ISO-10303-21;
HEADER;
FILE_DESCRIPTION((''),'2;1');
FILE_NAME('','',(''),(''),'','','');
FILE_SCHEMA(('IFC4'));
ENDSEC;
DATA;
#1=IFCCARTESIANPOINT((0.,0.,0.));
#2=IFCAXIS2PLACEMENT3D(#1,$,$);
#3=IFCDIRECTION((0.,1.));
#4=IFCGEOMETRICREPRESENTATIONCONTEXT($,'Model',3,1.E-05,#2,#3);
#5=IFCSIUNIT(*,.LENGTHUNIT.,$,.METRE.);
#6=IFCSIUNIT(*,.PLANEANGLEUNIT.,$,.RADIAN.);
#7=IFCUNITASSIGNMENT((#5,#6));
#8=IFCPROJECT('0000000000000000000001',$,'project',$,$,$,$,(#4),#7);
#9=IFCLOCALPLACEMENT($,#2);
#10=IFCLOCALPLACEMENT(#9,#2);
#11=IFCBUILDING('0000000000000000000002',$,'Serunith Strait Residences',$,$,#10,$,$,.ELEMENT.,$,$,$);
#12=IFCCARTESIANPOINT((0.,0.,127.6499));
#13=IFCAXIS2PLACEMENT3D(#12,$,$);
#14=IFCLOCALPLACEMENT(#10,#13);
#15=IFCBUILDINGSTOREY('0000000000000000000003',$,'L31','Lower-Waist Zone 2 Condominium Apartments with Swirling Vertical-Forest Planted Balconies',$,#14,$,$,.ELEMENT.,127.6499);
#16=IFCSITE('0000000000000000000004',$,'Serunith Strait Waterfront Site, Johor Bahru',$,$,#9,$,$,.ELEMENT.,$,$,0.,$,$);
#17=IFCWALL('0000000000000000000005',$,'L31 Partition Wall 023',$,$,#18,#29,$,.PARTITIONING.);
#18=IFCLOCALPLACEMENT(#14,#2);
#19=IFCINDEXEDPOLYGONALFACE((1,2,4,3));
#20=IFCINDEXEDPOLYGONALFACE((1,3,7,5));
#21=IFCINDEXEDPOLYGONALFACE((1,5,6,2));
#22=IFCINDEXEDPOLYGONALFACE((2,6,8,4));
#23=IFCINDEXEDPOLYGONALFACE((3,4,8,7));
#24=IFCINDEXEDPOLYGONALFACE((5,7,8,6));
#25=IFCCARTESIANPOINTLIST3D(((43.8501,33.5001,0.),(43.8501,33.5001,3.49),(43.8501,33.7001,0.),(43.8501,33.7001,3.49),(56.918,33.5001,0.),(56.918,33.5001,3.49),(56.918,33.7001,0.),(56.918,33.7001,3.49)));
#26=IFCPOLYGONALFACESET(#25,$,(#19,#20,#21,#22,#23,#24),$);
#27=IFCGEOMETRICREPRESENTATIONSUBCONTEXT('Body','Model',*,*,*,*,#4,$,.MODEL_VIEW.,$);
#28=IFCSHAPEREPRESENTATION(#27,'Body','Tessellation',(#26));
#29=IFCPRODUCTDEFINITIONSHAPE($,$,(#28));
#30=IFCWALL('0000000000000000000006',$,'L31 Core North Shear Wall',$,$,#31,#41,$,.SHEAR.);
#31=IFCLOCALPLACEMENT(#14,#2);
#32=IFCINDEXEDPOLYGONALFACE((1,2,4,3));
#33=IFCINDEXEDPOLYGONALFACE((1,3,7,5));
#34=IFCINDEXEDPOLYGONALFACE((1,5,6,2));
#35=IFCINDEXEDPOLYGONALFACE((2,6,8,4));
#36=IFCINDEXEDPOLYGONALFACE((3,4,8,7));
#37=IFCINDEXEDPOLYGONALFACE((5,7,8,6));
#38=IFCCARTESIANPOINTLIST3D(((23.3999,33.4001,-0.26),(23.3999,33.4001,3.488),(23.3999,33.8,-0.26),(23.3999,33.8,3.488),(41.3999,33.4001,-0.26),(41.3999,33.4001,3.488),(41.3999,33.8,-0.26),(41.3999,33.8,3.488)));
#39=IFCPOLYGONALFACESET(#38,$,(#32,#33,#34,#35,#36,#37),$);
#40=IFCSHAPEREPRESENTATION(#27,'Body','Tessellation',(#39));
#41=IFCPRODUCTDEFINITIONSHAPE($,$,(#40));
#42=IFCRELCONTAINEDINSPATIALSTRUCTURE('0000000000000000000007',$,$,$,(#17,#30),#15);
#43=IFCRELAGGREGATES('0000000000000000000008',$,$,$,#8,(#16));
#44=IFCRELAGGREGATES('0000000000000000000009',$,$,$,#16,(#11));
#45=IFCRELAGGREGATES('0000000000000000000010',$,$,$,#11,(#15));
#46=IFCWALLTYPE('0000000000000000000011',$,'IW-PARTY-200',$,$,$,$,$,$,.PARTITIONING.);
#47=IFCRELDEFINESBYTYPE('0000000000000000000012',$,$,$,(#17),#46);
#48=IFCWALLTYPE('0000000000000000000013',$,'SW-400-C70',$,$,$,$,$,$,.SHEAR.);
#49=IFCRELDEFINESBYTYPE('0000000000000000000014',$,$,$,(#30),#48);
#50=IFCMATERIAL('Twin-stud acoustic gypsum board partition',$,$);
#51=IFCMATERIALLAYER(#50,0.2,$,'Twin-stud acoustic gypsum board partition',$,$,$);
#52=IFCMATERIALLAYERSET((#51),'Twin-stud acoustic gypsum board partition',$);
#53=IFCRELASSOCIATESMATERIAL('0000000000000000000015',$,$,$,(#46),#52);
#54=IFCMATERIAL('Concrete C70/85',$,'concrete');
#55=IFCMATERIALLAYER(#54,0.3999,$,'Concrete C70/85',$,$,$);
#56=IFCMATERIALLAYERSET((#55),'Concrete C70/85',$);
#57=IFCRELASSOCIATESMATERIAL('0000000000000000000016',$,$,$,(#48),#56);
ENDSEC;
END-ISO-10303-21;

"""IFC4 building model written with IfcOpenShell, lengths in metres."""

from ifc_helpers import new_model, si_unit, direction, frame, frame_2d, origin, place, context, subcontext, project, spatial, rectangle, extrude, material, layer, layer_set, type_object, element, save


model = new_model("IFC4")

# Units and contexts
model_context = context("Model", 3, precision=1e-05, world=origin(), true_north=direction((0.0, 1.0)))
body_context = subcontext(model_context, "Body", "Model", "MODEL_VIEW")
ifc_project = project(units=[si_unit("LENGTHUNIT", "METRE"), si_unit("PLANEANGLEUNIT", "RADIAN")], contexts=[model_context])

# Site, building, storey
site_placement = place(None, origin())
site = spatial("IfcSite", under=ifc_project, at=site_placement, Name="Serunith Strait Waterfront Site, Johor Bahru", CompositionType="ELEMENT", RefElevation=0.0)
building_placement = place(site_placement, origin())
building = spatial("IfcBuilding", under=site, at=building_placement, Name="Serunith Strait Residences", CompositionType="ELEMENT")
storey_placement = place(building_placement, frame((0.0, 0.0, 127.6499)))
storey = spatial("IfcBuildingStorey", under=building, at=storey_placement, Name="L31", Description="Lower-Waist Zone 2 Condominium Apartments with Swirling Vertical-Forest Planted Balconies", CompositionType="ELEMENT", Elevation=127.6499)

# Walls
ifc_material_1 = material(Name="Twin-stud acoustic gypsum board partition")
ifc_layer_1 = layer(ifc_material_1, 0.2, Name="Twin-stud acoustic gypsum board partition")
ifc_layer_set_1 = layer_set([ifc_layer_1], Name="Twin-stud acoustic gypsum board partition")
wall_type_1 = type_object("IfcWallType", Name="IW-PARTY-200", PredefinedType="PARTITIONING", material=ifc_layer_set_1)
wall_1_placement = place(storey_placement, frame((43.8501, 33.6001, 0.0), z_axis=(0.0, 0.0, 1.0), x_axis=(1.0, 0.0, 0.0)))
element("IfcWall", 1, at=wall_1_placement, inside=storey, type_object=wall_type_1, Name="L31 Partition Wall 023", PredefinedType="PARTITIONING", context=body_context, shape_type="SweptSolid", body=[
    extrude(rectangle(XDim=13.0679, YDim=0.2, at=frame_2d((6.5339, 0.0))), origin(), (0.0, 0.0, 1.0), 3.49),
])
ifc_material_2 = material(Name="Concrete C70/85", Category="concrete")
ifc_layer_2 = layer(ifc_material_2, 0.3999, Name="Concrete C70/85")
ifc_layer_set_2 = layer_set([ifc_layer_2], Name="Concrete C70/85")
wall_type_2 = type_object("IfcWallType", Name="SW-400-C70", PredefinedType="SHEAR", material=ifc_layer_set_2)
wall_2_placement = place(storey_placement, frame((41.3999, 33.6001, -0.26), z_axis=(0.0, 0.0, 1.0), x_axis=(-1.0, 0.0, 0.0)))
element("IfcWall", 2, at=wall_2_placement, inside=storey, type_object=wall_type_2, Name="L31 Core North Shear Wall", PredefinedType="SHEAR", context=body_context, shape_type="SweptSolid", body=[
    extrude(rectangle(XDim=18.0, YDim=0.3999, at=frame_2d((9.0, 0.0))), origin(), (0.0, 0.0, 1.0), 3.748),
])

save(model, "model.ifc")
